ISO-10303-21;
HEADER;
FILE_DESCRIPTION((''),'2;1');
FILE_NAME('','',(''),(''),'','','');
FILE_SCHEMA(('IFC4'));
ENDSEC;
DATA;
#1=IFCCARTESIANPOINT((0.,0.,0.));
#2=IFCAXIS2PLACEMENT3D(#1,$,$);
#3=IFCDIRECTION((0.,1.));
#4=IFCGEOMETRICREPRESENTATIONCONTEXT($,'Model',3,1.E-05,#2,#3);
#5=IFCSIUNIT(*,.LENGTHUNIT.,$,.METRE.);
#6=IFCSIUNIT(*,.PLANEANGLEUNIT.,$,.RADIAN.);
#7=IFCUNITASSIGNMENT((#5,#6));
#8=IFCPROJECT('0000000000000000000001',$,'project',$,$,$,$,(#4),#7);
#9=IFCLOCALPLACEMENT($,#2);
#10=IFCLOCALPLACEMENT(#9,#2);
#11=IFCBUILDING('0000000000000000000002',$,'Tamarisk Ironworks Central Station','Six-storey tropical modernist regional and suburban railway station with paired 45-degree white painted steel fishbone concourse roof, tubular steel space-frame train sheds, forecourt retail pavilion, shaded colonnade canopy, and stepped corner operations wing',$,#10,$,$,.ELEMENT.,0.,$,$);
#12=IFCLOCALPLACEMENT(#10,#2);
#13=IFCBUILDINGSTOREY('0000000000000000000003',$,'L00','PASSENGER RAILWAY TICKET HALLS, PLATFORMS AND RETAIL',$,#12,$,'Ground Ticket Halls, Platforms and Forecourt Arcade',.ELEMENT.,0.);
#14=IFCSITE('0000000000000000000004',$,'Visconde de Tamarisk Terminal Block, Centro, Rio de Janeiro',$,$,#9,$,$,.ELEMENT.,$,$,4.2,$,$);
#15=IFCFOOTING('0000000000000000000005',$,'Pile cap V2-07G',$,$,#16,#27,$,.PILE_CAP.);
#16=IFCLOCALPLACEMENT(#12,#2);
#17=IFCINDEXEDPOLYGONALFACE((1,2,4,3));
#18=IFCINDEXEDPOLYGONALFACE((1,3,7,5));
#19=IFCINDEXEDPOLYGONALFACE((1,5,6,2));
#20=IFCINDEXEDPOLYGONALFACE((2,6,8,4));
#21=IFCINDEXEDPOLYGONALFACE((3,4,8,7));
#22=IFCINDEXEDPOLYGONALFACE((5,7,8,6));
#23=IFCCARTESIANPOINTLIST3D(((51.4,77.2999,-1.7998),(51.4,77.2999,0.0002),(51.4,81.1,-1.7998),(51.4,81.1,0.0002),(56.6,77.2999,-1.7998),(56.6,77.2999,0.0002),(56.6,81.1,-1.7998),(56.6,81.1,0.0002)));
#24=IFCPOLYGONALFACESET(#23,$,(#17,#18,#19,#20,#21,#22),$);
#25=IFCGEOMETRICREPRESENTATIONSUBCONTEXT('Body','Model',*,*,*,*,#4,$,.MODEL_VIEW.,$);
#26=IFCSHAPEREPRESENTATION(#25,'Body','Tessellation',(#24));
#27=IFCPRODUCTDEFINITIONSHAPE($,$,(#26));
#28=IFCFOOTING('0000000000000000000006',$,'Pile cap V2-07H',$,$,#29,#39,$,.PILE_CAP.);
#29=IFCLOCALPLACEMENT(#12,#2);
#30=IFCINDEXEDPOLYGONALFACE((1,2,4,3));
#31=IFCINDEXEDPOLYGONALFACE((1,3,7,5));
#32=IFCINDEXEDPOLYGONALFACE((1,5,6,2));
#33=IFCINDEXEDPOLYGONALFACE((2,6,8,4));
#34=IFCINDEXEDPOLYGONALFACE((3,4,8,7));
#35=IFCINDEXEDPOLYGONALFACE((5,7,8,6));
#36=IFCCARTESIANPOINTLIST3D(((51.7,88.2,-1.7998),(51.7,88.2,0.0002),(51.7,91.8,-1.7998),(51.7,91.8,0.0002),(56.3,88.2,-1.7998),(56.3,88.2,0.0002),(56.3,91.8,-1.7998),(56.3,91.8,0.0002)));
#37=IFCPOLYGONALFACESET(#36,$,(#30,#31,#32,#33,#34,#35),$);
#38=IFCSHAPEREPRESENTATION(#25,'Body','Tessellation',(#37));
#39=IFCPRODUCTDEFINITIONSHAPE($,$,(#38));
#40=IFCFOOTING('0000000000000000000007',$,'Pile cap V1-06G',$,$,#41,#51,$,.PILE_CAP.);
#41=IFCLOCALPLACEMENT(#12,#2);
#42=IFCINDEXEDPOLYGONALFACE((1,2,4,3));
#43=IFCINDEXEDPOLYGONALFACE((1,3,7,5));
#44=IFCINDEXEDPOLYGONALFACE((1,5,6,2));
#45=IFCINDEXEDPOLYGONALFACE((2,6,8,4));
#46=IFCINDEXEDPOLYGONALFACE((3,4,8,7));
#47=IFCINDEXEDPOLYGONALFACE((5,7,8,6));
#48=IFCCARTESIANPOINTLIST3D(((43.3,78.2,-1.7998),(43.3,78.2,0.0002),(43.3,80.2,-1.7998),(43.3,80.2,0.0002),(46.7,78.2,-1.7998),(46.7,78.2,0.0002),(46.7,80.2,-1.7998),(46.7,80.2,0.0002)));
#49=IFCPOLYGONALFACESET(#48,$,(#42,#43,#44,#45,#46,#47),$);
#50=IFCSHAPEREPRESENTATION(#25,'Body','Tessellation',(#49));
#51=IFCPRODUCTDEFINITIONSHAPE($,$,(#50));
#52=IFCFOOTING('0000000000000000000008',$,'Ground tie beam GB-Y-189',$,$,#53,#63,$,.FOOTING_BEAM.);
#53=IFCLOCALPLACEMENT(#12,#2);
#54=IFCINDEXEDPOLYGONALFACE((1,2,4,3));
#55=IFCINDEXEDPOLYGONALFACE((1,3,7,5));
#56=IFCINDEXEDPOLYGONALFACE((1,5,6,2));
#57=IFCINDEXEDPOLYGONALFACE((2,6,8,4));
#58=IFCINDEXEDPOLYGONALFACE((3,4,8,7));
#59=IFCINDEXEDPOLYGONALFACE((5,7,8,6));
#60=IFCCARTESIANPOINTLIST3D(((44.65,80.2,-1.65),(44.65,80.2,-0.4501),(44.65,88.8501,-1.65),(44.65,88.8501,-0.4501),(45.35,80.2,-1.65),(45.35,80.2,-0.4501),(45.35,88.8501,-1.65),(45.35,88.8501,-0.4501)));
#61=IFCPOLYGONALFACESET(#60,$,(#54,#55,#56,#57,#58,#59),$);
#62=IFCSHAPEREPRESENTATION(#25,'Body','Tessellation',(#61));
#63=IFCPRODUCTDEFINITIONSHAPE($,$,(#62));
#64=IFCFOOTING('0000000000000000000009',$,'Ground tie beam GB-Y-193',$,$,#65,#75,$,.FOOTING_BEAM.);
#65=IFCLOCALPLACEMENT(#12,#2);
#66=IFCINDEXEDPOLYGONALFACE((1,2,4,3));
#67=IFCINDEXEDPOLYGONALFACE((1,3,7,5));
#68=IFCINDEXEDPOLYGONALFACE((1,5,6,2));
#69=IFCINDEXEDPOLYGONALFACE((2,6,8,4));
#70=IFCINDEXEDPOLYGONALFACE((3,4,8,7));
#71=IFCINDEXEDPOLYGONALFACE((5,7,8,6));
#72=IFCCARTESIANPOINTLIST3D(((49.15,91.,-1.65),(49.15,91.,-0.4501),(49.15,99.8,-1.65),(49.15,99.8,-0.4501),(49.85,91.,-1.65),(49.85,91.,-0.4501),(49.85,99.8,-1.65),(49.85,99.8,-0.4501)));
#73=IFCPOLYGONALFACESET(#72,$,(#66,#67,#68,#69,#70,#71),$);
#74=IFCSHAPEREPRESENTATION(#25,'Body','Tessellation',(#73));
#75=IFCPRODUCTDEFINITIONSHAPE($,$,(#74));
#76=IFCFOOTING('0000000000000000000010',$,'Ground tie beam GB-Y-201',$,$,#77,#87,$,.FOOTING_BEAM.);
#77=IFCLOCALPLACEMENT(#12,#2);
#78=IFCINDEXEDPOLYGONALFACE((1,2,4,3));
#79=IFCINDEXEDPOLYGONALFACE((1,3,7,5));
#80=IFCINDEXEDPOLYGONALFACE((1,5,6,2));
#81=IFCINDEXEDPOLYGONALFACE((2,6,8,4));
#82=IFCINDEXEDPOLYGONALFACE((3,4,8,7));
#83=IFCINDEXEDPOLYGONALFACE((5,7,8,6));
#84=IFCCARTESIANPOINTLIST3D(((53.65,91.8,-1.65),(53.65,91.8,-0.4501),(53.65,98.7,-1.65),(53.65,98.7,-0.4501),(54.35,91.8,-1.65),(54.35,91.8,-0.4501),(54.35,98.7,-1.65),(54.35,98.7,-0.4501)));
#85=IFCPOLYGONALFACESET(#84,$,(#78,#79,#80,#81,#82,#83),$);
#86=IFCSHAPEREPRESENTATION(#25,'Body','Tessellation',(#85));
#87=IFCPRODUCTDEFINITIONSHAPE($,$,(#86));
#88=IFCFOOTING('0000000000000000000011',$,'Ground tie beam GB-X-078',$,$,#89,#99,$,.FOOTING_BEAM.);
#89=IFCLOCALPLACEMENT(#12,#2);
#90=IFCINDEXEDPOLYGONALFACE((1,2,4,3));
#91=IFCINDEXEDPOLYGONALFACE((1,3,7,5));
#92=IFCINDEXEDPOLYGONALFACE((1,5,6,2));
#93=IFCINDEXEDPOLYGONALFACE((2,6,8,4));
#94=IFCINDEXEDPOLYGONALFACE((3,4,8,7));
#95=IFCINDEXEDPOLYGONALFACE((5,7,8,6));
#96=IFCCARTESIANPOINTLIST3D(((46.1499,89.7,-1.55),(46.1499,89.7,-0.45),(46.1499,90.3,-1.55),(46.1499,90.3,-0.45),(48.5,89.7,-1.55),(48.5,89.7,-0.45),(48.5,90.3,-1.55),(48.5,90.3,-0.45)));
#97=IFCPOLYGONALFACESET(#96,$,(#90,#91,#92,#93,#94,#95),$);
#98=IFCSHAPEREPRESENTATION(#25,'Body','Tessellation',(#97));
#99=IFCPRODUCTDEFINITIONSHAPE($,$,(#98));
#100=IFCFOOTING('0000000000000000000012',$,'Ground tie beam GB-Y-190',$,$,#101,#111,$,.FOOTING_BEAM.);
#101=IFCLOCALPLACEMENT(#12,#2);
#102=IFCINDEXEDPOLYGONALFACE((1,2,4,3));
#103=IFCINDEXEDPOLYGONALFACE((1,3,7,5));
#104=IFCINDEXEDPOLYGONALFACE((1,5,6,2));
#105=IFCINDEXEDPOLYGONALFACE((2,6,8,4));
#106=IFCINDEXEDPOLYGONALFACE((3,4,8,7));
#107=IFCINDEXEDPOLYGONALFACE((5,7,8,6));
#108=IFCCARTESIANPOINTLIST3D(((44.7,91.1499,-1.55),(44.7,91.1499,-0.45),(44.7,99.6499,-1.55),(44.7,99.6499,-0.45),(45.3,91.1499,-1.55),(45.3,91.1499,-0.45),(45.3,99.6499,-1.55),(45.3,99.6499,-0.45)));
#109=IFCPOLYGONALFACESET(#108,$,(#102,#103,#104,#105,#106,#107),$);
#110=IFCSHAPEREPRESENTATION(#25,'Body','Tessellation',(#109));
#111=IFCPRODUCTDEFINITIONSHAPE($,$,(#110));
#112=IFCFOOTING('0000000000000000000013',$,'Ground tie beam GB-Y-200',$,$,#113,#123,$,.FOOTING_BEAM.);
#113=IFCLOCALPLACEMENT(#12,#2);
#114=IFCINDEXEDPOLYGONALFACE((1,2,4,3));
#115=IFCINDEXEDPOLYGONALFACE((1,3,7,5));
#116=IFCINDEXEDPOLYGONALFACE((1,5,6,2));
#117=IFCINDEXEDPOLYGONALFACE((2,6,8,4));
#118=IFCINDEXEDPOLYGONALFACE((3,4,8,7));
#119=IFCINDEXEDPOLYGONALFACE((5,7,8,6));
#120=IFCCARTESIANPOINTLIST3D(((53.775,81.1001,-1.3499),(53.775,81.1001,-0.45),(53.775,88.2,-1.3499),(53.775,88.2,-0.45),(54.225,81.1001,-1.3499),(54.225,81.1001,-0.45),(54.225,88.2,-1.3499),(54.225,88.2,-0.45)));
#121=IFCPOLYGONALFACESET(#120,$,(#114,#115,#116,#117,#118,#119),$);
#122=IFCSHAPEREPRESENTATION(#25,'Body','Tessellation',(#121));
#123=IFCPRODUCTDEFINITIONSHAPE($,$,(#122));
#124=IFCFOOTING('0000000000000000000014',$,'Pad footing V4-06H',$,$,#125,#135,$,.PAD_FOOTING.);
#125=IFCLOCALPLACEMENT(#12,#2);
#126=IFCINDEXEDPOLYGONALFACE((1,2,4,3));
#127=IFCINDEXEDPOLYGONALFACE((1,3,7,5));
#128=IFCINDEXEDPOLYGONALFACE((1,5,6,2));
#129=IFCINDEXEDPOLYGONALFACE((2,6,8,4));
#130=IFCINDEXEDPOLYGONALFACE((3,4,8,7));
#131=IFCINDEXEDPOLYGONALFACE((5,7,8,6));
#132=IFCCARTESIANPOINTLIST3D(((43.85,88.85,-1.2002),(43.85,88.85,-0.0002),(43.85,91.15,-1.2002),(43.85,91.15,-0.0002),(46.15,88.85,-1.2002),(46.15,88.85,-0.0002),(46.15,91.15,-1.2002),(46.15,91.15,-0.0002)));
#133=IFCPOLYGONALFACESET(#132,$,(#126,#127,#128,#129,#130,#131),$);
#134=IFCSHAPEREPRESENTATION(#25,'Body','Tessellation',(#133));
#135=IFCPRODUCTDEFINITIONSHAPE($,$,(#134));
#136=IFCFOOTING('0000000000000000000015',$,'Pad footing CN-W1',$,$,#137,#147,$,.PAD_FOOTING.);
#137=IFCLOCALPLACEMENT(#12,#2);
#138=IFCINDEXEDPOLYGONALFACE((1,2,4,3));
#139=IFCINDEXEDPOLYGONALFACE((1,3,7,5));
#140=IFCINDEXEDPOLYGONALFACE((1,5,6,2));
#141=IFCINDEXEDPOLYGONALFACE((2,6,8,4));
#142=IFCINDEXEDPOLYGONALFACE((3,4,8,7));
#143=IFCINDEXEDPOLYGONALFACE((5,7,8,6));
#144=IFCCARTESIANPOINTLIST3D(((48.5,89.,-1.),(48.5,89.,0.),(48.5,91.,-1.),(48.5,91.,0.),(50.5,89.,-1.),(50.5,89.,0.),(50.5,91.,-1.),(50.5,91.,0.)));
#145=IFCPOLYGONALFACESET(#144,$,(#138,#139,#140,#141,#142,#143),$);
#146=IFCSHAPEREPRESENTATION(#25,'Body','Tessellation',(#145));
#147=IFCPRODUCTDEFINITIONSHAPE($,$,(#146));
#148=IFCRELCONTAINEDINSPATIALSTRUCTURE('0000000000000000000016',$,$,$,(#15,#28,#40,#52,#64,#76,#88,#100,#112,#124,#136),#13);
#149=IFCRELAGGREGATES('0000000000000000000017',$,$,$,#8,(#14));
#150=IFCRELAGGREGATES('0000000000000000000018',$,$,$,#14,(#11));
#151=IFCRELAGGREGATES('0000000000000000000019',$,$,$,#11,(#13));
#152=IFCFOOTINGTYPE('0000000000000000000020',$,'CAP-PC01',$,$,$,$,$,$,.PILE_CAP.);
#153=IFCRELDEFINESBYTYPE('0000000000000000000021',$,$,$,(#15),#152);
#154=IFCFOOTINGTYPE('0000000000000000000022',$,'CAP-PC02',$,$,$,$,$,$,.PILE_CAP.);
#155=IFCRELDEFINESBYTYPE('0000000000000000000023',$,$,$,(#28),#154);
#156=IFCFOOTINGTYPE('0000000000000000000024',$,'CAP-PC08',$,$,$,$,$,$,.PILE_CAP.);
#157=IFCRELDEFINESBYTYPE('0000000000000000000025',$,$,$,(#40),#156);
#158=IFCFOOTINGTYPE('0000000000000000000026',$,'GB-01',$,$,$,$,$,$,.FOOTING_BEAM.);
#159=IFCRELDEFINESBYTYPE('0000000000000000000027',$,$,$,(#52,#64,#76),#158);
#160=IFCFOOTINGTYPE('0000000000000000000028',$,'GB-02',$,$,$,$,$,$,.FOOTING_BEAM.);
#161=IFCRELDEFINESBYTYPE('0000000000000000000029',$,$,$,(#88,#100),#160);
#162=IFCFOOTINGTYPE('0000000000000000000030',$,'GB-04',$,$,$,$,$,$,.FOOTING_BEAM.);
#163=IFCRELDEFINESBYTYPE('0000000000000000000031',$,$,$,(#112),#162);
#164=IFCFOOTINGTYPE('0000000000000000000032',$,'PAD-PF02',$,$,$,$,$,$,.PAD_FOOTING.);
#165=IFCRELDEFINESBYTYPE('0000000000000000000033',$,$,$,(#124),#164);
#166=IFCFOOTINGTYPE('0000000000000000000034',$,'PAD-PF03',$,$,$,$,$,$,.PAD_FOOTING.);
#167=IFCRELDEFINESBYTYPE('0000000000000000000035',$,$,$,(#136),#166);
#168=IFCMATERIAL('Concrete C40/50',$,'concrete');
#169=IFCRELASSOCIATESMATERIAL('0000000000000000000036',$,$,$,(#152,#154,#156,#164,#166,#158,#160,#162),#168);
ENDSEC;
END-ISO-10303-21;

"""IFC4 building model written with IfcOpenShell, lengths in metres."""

from ifc_helpers import new_model, si_unit, direction, frame, origin, origin_2d, place, context, subcontext, project, spatial, rectangle, extrude, material, material_profile, profile_set, type_object, element, save


model = new_model("IFC4")

# Units and contexts
model_context = context("Model", 3, precision=1e-05, world=origin(), true_north=direction((0.0, 1.0)))
body_context = subcontext(model_context, "Body", "Model", "MODEL_VIEW")
ifc_project = project(units=[si_unit("LENGTHUNIT", "METRE"), si_unit("PLANEANGLEUNIT", "RADIAN")], contexts=[model_context])

# Site, building, storey
site_placement = place(None, origin())
site = spatial("IfcSite", under=ifc_project, at=site_placement, Name="Visconde de Tamarisk Terminal Block, Centro, Rio de Janeiro", CompositionType="ELEMENT", RefElevation=4.2)
building_placement = place(site_placement, origin())
building = spatial("IfcBuilding", under=site, at=building_placement, Name="Tamarisk Ironworks Central Station", Description="Six-storey tropical modernist regional and suburban railway station with paired 45-degree white painted steel fishbone concourse roof, tubular steel space-frame train sheds, forecourt retail pavilion, shaded colonnade canopy, and stepped corner operations wing", CompositionType="ELEMENT", ElevationOfRefHeight=0.0)
storey_placement = place(building_placement, origin())
storey = spatial("IfcBuildingStorey", under=building, at=storey_placement, Name="L00", Description="PASSENGER RAILWAY TICKET HALLS, PLATFORMS AND RETAIL", LongName="Ground Ticket Halls, Platforms and Forecourt Arcade", CompositionType="ELEMENT", Elevation=0.0)

# Footings
ifc_material_1 = material(Name="Concrete C40/50", Category="concrete")
footing_type_1 = type_object("IfcFootingType", Name="CAP-PC01", PredefinedType="PILE_CAP", material=ifc_material_1)
footing_1_placement = place(storey_placement, frame((54.0, 79.2, -1.7998), z_axis=(0.0, 0.0, 1.0), x_axis=(1.0, 0.0, 0.0)))
element("IfcFooting", 1, at=footing_1_placement, inside=storey, type_object=footing_type_1, Name="Pile cap V2-07G", PredefinedType="PILE_CAP", context=body_context, shape_type="SweptSolid", body=[
    extrude(rectangle(XDim=5.2, YDim=3.8, at=origin_2d()), origin(), (0.0, 0.0, 1.0), 1.8),
])
footing_type_2 = type_object("IfcFootingType", Name="CAP-PC02", PredefinedType="PILE_CAP", material=ifc_material_1)
footing_2_placement = place(storey_placement, frame((54.0, 90.0, -1.7998), z_axis=(0.0, 0.0, 1.0), x_axis=(1.0, 0.0, 0.0)))
element("IfcFooting", 2, at=footing_2_placement, inside=storey, type_object=footing_type_2, Name="Pile cap V2-07H", PredefinedType="PILE_CAP", context=body_context, shape_type="SweptSolid", body=[
    extrude(rectangle(XDim=4.6001, YDim=3.6001, at=origin_2d()), origin(), (0.0, 0.0, 1.0), 1.8),
])
footing_type_3 = type_object("IfcFootingType", Name="CAP-PC08", PredefinedType="PILE_CAP", material=ifc_material_1)
footing_3_placement = place(storey_placement, frame((45.0, 79.2, -1.7998), z_axis=(0.0, 0.0, 1.0), x_axis=(1.0, 0.0, 0.0)))
element("IfcFooting", 3, at=footing_3_placement, inside=storey, type_object=footing_type_3, Name="Pile cap V1-06G", PredefinedType="PILE_CAP", context=body_context, shape_type="SweptSolid", body=[
    extrude(rectangle(XDim=3.3999, YDim=2.0, at=origin_2d()), origin(), (0.0, 0.0, 1.0), 1.8),
])
ifc_material_profile_1 = material_profile(ifc_material_1, rectangle(XDim=0.7, YDim=1.2, at=origin_2d()), Name="GB01 700x1200")
ifc_profile_set_1 = profile_set([ifc_material_profile_1], Name="Concrete C40/50")
footing_type_4 = type_object("IfcFootingType", Name="GB-01", PredefinedType="FOOTING_BEAM", material=ifc_profile_set_1)
footing_4_placement = place(storey_placement, frame((45.0, 80.2, -1.05), z_axis=(0.0, 1.0, 0.0), x_axis=(-1.0, 0.0, 0.0)))
element("IfcFooting", 4, at=footing_4_placement, inside=storey, type_object=footing_type_4, Name="Ground tie beam GB-Y-189", PredefinedType="FOOTING_BEAM", context=body_context, shape_type="SweptSolid", body=[
    extrude(rectangle(XDim=0.7, YDim=1.2, at=origin_2d()), origin(), (0.0, 0.0, 1.0), 8.6501),
])
footing_5_placement = place(storey_placement, frame((49.5, 91.0, -1.05), z_axis=(0.0, 1.0, 0.0), x_axis=(-1.0, 0.0, 0.0)))
element("IfcFooting", 5, at=footing_5_placement, inside=storey, type_object=footing_type_4, Name="Ground tie beam GB-Y-193", PredefinedType="FOOTING_BEAM", context=body_context, shape_type="SweptSolid", body=[
    extrude(rectangle(XDim=0.7, YDim=1.2, at=origin_2d()), origin(), (0.0, 0.0, 1.0), 8.8),
])
footing_6_placement = place(storey_placement, frame((54.0, 91.8, -1.05), z_axis=(0.0, 1.0, 0.0), x_axis=(-1.0, 0.0, 0.0)))
element("IfcFooting", 6, at=footing_6_placement, inside=storey, type_object=footing_type_4, Name="Ground tie beam GB-Y-201", PredefinedType="FOOTING_BEAM", context=body_context, shape_type="SweptSolid", body=[
    extrude(rectangle(XDim=0.7, YDim=1.2, at=origin_2d()), origin(), (0.0, 0.0, 1.0), 6.8999),
])
ifc_material_profile_2 = material_profile(ifc_material_1, rectangle(XDim=0.6001, YDim=1.1001, at=origin_2d()), Name="GB02 600x1100")
ifc_profile_set_2 = profile_set([ifc_material_profile_2], Name="Concrete C40/50")
footing_type_5 = type_object("IfcFootingType", Name="GB-02", PredefinedType="FOOTING_BEAM", material=ifc_profile_set_2)
footing_7_placement = place(storey_placement, frame((46.1499, 90.0, -1.0), z_axis=(1.0, 0.0, 0.0), x_axis=(0.0, 1.0, 0.0)))
element("IfcFooting", 7, at=footing_7_placement, inside=storey, type_object=footing_type_5, Name="Ground tie beam GB-X-078", PredefinedType="FOOTING_BEAM", context=body_context, shape_type="SweptSolid", body=[
    extrude(rectangle(XDim=0.6001, YDim=1.1001, at=origin_2d()), origin(), (0.0, 0.0, 1.0), 2.3501),
])
footing_8_placement = place(storey_placement, frame((45.0, 91.1499, -1.0), z_axis=(0.0, 1.0, 0.0), x_axis=(-1.0, 0.0, 0.0)))
element("IfcFooting", 8, at=footing_8_placement, inside=storey, type_object=footing_type_5, Name="Ground tie beam GB-Y-190", PredefinedType="FOOTING_BEAM", context=body_context, shape_type="SweptSolid", body=[
    extrude(rectangle(XDim=0.6001, YDim=1.1001, at=origin_2d()), origin(), (0.0, 0.0, 1.0), 8.5),
])
ifc_material_profile_3 = material_profile(ifc_material_1, rectangle(XDim=0.45, YDim=0.8999, at=origin_2d()), Name="GB04 450x900")
ifc_profile_set_3 = profile_set([ifc_material_profile_3], Name="Concrete C40/50")
footing_type_6 = type_object("IfcFootingType", Name="GB-04", PredefinedType="FOOTING_BEAM", material=ifc_profile_set_3)
footing_9_placement = place(storey_placement, frame((54.0, 81.1001, -0.8999), z_axis=(0.0, 1.0, 0.0), x_axis=(-1.0, 0.0, 0.0)))
element("IfcFooting", 9, at=footing_9_placement, inside=storey, type_object=footing_type_6, Name="Ground tie beam GB-Y-200", PredefinedType="FOOTING_BEAM", context=body_context, shape_type="SweptSolid", body=[
    extrude(rectangle(XDim=0.45, YDim=0.8999, at=origin_2d()), origin(), (0.0, 0.0, 1.0), 7.0999),
])
footing_type_7 = type_object("IfcFootingType", Name="PAD-PF02", PredefinedType="PAD_FOOTING", material=ifc_material_1)
footing_10_placement = place(storey_placement, frame((45.0, 90.0, -1.2002), z_axis=(0.0, 0.0, 1.0), x_axis=(1.0, 0.0, 0.0)))
element("IfcFooting", 10, at=footing_10_placement, inside=storey, type_object=footing_type_7, Name="Pad footing V4-06H", PredefinedType="PAD_FOOTING", context=body_context, shape_type="SweptSolid", body=[
    extrude(rectangle(XDim=2.3, YDim=2.3, at=origin_2d()), origin(), (0.0, 0.0, 1.0), 1.2),
])
footing_type_8 = type_object("IfcFootingType", Name="PAD-PF03", PredefinedType="PAD_FOOTING", material=ifc_material_1)
footing_11_placement = place(storey_placement, frame((49.5, 90.0, -1.0), z_axis=(0.0, 0.0, 1.0), x_axis=(1.0, 0.0, 0.0)))
element("IfcFooting", 11, at=footing_11_placement, inside=storey, type_object=footing_type_8, Name="Pad footing CN-W1", PredefinedType="PAD_FOOTING", context=body_context, shape_type="SweptSolid", body=[
    extrude(rectangle(XDim=2.0, YDim=2.0, at=origin_2d()), origin(), (0.0, 0.0, 1.0), 1.0),
])

save(model, "model.ifc")
